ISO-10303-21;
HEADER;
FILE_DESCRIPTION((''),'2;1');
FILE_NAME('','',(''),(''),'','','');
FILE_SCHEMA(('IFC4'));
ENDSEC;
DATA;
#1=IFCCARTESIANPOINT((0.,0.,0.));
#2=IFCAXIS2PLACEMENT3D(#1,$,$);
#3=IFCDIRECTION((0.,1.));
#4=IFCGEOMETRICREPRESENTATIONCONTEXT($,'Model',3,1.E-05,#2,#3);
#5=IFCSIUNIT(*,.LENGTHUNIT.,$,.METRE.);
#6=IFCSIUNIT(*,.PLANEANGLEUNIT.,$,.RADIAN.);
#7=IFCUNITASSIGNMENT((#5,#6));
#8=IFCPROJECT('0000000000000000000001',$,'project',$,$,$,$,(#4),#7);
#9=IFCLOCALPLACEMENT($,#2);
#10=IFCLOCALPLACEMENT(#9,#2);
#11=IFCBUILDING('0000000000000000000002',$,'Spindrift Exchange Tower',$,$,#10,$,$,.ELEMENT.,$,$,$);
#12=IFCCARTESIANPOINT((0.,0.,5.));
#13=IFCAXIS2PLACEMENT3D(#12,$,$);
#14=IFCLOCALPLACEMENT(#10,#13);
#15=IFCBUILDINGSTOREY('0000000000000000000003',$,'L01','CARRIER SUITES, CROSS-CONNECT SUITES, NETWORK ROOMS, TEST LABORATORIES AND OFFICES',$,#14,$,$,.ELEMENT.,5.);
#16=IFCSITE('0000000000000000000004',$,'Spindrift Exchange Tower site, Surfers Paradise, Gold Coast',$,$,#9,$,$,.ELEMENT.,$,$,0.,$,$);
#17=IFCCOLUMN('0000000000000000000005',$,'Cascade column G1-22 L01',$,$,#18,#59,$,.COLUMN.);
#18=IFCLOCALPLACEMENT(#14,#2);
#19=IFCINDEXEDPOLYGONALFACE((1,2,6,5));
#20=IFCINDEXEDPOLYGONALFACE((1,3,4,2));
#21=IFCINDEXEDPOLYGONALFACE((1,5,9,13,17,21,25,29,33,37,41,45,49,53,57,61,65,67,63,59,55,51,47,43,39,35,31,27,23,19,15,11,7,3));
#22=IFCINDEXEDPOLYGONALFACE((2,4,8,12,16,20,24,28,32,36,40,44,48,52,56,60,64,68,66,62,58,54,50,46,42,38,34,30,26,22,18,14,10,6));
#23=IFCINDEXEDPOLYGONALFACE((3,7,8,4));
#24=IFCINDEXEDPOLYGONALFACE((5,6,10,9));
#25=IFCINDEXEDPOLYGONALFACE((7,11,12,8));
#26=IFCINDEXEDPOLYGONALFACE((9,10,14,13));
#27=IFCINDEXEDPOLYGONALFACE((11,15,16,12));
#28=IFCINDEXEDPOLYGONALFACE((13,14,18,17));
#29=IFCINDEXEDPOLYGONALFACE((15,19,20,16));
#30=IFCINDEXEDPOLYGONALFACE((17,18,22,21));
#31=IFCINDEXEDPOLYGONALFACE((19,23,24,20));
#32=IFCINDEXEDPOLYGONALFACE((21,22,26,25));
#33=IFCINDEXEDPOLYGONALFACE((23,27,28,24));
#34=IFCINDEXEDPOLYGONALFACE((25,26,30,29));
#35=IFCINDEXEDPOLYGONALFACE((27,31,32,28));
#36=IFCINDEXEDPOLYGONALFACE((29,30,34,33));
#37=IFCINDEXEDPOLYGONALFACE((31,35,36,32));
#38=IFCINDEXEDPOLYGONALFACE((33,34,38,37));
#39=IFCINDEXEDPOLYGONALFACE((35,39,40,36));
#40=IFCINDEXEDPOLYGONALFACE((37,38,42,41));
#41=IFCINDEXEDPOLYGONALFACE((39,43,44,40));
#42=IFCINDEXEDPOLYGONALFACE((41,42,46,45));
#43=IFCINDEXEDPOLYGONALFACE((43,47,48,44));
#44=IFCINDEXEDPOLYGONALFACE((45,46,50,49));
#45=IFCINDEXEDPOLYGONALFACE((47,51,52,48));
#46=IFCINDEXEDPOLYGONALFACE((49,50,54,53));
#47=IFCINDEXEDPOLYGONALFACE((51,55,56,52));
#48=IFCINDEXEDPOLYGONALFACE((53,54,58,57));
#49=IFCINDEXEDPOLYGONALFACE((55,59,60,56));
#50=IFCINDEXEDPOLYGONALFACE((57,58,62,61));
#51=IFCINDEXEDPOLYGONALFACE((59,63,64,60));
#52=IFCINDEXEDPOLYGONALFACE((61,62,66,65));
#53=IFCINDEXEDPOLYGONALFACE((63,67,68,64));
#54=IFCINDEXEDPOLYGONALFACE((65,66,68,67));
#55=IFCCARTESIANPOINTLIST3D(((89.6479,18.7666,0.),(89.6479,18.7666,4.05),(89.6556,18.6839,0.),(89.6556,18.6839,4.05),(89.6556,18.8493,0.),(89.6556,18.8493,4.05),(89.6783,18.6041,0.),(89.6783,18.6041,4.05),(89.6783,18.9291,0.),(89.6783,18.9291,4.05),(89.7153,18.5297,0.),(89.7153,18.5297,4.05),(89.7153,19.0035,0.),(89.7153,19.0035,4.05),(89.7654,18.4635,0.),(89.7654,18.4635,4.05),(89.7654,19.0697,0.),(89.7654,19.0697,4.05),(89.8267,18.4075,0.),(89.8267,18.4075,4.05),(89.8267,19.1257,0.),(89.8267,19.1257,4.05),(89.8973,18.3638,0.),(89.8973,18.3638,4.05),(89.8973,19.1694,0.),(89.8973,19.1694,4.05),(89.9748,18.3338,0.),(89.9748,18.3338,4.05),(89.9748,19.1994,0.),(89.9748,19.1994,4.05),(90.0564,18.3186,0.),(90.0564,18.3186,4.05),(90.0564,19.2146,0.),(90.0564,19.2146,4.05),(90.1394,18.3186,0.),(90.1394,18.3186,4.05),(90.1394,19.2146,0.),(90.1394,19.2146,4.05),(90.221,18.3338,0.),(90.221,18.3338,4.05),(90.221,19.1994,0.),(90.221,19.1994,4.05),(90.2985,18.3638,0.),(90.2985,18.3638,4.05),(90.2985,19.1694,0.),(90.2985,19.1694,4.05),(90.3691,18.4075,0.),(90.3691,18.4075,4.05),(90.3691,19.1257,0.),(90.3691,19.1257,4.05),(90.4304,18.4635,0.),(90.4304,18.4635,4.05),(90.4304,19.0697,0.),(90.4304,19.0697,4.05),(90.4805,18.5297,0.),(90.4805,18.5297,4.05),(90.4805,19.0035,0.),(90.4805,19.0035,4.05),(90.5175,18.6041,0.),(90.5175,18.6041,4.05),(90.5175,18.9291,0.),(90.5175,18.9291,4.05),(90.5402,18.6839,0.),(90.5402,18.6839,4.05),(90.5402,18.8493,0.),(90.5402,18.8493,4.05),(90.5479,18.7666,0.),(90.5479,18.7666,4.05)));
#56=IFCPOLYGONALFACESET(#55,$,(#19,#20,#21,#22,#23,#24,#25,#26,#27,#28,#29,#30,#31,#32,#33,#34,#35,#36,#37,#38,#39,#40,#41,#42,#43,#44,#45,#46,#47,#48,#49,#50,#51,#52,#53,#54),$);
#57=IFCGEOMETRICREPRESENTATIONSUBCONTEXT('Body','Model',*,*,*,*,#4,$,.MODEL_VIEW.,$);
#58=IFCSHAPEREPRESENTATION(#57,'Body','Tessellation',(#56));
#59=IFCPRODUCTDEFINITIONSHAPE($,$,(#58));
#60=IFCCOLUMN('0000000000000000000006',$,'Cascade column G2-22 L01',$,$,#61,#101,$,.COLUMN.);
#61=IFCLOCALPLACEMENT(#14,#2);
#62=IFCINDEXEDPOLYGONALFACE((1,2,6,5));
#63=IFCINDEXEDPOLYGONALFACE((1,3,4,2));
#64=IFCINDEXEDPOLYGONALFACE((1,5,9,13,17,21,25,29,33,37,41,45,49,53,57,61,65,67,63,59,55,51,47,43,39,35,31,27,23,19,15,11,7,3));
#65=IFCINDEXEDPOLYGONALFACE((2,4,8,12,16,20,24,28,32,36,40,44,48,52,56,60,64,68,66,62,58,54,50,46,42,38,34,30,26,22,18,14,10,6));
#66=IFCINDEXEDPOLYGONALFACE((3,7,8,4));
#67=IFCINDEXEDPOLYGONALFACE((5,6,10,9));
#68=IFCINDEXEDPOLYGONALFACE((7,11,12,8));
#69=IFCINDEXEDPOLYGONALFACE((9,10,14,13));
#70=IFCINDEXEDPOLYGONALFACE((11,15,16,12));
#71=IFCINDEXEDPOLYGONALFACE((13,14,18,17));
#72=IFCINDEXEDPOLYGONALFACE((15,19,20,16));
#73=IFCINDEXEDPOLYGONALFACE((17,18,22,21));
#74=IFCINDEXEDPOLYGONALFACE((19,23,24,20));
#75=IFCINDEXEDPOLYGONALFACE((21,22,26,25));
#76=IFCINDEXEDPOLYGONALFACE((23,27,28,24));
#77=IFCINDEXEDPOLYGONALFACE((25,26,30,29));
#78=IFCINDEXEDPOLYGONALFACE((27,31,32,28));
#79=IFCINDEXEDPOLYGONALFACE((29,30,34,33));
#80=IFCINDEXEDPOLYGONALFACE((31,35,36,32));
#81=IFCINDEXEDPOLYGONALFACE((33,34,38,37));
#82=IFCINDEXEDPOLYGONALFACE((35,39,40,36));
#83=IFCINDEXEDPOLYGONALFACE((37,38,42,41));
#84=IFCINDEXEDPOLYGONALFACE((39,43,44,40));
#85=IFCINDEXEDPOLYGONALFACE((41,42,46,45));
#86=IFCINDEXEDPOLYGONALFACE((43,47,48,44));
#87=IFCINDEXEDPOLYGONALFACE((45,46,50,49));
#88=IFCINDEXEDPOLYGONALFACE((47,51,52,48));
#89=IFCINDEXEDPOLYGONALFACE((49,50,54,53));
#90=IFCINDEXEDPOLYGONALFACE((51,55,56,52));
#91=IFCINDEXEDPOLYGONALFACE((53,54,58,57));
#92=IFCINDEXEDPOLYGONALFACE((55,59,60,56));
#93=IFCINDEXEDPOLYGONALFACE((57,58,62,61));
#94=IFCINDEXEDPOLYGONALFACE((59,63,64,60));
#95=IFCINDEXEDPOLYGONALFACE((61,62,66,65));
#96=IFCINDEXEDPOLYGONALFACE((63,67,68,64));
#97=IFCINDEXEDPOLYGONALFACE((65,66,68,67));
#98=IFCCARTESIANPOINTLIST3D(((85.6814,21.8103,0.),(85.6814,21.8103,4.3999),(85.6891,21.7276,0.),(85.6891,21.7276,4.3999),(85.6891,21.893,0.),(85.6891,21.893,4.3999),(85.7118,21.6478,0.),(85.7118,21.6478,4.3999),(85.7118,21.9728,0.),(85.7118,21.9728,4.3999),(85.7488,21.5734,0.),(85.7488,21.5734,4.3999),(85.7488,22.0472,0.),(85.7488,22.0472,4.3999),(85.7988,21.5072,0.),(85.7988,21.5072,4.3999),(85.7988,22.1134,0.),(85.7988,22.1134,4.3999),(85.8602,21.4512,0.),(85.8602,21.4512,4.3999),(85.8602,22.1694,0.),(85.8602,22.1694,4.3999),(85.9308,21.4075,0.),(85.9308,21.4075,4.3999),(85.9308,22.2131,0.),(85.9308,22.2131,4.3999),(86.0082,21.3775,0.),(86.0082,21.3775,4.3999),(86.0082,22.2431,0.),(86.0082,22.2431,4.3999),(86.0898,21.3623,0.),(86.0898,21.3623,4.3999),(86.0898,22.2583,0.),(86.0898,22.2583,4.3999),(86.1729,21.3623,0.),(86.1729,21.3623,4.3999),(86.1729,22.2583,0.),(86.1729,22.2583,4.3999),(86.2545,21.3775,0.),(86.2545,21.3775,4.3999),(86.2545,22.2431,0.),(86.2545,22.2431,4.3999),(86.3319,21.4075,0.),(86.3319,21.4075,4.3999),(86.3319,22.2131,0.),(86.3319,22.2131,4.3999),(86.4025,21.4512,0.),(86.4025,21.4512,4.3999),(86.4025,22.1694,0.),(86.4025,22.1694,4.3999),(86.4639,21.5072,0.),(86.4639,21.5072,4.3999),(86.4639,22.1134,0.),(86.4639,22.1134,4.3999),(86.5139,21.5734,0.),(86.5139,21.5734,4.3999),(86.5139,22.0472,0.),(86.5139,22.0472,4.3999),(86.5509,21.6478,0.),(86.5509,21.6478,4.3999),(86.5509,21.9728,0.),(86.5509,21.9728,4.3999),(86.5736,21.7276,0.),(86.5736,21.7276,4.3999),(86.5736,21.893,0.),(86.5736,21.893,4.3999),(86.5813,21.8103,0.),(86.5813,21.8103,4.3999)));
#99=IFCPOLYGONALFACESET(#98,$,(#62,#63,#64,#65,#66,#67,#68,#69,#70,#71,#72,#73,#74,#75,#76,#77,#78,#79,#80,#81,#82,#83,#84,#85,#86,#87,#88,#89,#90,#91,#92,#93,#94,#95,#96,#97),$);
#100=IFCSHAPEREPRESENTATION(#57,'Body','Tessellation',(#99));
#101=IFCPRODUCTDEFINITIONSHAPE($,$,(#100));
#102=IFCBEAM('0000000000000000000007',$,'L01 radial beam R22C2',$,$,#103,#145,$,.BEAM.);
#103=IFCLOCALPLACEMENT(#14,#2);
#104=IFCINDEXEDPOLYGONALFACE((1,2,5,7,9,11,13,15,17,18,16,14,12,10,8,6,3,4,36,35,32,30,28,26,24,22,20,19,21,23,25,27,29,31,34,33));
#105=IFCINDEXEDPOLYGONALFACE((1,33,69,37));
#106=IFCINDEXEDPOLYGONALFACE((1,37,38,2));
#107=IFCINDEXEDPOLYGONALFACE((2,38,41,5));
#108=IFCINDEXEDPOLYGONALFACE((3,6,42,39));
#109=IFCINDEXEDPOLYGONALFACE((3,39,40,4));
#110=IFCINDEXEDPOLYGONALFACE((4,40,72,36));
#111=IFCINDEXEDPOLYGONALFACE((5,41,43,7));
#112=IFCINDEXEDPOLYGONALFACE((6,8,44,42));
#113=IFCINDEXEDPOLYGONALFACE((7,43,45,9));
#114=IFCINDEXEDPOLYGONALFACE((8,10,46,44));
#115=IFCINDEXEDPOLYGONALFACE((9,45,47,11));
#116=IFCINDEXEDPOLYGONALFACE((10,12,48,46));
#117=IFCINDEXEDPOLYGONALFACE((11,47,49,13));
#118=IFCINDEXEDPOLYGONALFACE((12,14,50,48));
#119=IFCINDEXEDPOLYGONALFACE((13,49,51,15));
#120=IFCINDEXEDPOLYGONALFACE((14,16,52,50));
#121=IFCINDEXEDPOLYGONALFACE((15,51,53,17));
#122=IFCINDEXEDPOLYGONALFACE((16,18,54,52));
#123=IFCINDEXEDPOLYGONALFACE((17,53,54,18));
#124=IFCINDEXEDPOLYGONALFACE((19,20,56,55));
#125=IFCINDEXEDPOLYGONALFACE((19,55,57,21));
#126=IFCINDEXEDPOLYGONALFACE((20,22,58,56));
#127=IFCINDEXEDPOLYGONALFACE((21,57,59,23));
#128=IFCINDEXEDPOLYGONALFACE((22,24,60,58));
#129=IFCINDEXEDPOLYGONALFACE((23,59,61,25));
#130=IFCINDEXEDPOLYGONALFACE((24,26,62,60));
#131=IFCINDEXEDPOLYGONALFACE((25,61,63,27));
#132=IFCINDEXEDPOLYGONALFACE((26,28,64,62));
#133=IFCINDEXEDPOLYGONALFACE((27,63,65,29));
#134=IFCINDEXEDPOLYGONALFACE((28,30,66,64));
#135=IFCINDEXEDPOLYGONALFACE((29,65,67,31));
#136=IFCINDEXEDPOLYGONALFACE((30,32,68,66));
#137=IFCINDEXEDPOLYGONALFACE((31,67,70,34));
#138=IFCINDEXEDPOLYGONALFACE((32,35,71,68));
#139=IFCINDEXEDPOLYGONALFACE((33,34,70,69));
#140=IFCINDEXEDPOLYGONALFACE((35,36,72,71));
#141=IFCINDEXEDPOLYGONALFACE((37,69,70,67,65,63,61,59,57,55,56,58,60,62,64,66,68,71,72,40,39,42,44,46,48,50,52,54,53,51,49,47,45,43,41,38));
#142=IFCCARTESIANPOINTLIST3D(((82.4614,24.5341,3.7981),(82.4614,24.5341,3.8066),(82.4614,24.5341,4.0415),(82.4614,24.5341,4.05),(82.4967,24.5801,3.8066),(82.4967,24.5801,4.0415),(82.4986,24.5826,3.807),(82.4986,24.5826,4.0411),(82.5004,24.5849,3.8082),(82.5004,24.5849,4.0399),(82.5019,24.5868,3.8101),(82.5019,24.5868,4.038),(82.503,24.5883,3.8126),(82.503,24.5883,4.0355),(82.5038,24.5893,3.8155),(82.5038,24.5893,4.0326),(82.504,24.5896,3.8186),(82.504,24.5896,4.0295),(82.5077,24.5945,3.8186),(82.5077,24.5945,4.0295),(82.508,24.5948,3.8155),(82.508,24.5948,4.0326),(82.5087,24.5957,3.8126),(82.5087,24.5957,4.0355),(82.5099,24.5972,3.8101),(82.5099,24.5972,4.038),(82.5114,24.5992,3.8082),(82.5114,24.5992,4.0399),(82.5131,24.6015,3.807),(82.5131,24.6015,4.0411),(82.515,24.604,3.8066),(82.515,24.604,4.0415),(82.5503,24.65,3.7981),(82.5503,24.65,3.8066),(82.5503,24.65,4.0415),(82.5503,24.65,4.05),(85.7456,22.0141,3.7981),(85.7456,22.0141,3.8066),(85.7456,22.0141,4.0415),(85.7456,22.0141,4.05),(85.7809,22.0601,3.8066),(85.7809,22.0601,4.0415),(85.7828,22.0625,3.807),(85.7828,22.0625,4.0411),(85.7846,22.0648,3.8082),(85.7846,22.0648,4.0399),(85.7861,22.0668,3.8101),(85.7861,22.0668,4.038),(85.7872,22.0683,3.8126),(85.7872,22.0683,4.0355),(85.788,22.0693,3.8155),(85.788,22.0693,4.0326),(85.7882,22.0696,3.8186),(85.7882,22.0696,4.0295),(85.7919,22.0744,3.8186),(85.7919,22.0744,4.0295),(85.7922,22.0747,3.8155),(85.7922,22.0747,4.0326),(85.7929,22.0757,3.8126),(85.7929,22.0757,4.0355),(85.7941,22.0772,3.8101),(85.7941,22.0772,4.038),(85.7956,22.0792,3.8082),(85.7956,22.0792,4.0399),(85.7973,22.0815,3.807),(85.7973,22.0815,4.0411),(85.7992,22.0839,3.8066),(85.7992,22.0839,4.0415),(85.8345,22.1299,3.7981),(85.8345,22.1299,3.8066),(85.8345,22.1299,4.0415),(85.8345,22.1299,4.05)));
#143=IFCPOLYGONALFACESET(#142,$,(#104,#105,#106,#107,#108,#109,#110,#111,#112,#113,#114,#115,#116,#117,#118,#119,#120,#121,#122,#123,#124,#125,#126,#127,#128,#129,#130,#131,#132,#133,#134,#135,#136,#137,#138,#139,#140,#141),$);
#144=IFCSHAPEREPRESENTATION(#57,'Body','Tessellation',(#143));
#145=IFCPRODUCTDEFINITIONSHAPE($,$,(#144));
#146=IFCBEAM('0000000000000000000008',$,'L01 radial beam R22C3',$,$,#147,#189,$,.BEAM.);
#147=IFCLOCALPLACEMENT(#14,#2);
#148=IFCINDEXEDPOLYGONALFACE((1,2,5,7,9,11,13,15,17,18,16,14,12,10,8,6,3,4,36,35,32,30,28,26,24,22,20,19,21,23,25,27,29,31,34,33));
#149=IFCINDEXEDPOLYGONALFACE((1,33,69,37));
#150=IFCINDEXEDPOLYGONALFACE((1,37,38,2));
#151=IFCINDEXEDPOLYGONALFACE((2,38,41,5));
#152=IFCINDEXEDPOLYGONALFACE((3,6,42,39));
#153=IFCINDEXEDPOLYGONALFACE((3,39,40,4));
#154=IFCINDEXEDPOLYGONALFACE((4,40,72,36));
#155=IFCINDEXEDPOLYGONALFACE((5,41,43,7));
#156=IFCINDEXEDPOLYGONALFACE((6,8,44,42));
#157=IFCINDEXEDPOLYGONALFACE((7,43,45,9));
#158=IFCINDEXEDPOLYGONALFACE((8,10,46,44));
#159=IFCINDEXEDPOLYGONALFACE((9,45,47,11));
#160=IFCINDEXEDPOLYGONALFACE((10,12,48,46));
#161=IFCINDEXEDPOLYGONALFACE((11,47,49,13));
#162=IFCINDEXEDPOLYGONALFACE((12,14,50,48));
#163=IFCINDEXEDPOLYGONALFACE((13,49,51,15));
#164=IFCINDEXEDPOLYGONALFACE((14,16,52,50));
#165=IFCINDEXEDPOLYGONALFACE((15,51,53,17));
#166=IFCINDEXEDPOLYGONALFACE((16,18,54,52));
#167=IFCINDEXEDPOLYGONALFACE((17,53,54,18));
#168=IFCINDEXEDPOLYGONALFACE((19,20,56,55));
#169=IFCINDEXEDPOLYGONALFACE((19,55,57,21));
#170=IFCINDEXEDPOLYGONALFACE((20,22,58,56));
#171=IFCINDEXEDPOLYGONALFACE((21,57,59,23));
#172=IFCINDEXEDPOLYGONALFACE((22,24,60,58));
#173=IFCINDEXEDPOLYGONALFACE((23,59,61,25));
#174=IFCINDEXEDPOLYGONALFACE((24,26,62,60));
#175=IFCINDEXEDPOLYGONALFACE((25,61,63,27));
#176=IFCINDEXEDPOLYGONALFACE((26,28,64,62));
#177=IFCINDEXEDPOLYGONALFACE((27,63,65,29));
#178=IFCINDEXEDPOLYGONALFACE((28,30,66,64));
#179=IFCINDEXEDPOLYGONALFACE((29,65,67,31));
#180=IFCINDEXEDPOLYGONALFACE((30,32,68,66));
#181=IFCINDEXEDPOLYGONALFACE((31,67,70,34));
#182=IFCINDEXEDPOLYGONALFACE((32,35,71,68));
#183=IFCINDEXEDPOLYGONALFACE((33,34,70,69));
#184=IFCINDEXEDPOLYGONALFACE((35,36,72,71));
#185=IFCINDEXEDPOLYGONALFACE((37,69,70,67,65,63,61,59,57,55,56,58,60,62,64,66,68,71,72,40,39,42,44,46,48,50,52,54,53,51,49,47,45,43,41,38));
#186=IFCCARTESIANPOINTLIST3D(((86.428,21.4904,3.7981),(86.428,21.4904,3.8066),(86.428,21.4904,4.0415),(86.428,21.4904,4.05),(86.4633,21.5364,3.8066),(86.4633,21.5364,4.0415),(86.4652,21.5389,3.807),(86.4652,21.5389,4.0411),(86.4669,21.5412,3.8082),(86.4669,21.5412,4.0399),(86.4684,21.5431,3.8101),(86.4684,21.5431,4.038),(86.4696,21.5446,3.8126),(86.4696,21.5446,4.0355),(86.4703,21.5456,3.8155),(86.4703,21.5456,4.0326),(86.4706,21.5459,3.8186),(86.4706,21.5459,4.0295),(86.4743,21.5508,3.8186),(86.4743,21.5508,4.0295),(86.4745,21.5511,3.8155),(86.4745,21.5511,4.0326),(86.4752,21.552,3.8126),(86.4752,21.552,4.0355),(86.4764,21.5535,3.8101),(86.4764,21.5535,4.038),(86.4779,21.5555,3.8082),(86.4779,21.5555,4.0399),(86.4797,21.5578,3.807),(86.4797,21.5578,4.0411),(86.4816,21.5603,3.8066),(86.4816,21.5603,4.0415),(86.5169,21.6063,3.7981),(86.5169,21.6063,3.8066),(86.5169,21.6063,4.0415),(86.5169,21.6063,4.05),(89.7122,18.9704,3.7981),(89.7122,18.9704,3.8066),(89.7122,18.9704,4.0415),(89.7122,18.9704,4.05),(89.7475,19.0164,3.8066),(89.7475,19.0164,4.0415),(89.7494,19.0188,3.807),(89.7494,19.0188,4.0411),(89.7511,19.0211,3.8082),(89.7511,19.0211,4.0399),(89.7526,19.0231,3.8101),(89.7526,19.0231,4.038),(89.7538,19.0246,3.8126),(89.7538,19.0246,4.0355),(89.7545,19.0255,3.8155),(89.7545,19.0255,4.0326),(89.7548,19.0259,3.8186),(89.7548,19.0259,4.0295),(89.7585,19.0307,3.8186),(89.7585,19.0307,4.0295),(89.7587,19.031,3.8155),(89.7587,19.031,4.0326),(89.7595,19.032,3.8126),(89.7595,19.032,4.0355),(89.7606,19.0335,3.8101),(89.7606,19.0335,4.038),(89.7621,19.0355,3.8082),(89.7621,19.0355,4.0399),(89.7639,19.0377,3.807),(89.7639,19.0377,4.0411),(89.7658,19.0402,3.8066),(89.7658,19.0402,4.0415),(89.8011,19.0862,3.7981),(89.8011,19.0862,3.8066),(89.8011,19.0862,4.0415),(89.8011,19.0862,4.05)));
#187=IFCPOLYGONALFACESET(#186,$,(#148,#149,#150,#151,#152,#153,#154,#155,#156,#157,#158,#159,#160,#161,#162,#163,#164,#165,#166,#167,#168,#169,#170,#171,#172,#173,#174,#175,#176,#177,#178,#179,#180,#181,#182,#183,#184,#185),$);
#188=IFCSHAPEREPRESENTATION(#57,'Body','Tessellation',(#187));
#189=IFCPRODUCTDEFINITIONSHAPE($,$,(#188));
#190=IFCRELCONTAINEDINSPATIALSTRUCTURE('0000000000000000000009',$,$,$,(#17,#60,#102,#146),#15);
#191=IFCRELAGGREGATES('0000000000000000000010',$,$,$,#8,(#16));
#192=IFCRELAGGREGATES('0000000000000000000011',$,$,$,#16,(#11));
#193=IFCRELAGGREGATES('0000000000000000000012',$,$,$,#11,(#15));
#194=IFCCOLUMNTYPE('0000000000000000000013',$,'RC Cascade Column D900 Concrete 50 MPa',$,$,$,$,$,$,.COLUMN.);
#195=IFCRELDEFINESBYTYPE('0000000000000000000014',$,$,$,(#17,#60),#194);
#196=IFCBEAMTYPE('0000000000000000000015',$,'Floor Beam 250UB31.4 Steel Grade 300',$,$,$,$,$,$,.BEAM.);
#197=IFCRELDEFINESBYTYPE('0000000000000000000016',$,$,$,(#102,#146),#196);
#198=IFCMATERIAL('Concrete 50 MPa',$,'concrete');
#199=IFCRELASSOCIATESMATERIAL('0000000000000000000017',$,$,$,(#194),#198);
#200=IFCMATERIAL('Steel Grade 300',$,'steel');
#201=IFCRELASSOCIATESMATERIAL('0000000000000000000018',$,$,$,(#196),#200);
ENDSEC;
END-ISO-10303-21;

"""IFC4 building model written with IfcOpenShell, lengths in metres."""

from ifc_helpers import new_model, si_unit, direction, frame, origin, origin_2d, place, context, subcontext, project, spatial, circle, i_section, extrude, source, transform, mapped, material, material_profile, profile_set, type_object, element, save


model = new_model("IFC4")

# Units and contexts
model_context = context("Model", 3, precision=1e-05, world=origin(), true_north=direction((0.0, 1.0)))
body_context = subcontext(model_context, "Body", "Model", "MODEL_VIEW")
ifc_project = project(units=[si_unit("LENGTHUNIT", "METRE"), si_unit("PLANEANGLEUNIT", "RADIAN")], contexts=[model_context])

# Site, building, storey
site_placement = place(None, origin())
site = spatial("IfcSite", under=ifc_project, at=site_placement, Name="Spindrift Exchange Tower site, Surfers Paradise, Gold Coast", CompositionType="ELEMENT", RefElevation=0.0)
building_placement = place(site_placement, origin())
building = spatial("IfcBuilding", under=site, at=building_placement, Name="Spindrift Exchange Tower", CompositionType="ELEMENT")
storey_placement = place(building_placement, frame((0.0, 0.0, 5.0)))
storey = spatial("IfcBuildingStorey", under=building, at=storey_placement, Name="L01", Description="CARRIER SUITES, CROSS-CONNECT SUITES, NETWORK ROOMS, TEST LABORATORIES AND OFFICES", CompositionType="ELEMENT", Elevation=5.0)

# Columns
ifc_material_1 = material(Name="Concrete 50 MPa", Category="concrete")
ifc_material_profile_1 = material_profile(ifc_material_1, circle(Radius=0.45, at=origin_2d()), Name="RC D900")
ifc_profile_set_1 = profile_set([ifc_material_profile_1], Name="Concrete 50 MPa")
column_type = type_object("IfcColumnType", Name="RC Cascade Column D900 Concrete 50 MPa", PredefinedType="COLUMN", material=ifc_profile_set_1)
shared_shape_1 = source(origin(), body_context, "Body", "SweptSolid", [
    extrude(circle(Radius=0.45, at=origin_2d()), origin(), (0.0, 0.0, 1.0), 4.05),
])
column_1_placement = place(storey_placement, frame((90.0979, 18.7666, 0.0), z_axis=(0.0, 0.0, 1.0), x_axis=(1.0, 0.0, 0.0)))
element("IfcColumn", 1, at=column_1_placement, inside=storey, type_object=column_type, Name="Cascade column G1-22 L01", PredefinedType="COLUMN", context=body_context, shape_type="MappedRepresentation", body=[
    mapped(shared_shape_1, transform((0.0, 0.0, 0.0), scale=1.0)),
])
shared_shape_2 = source(origin(), body_context, "Body", "SweptSolid", [
    extrude(circle(Radius=0.45, at=origin_2d()), origin(), (0.0, 0.0, 1.0), 4.3999),
])
column_2_placement = place(storey_placement, frame((86.1313, 21.8103, 0.0), z_axis=(0.0, 0.0, 1.0), x_axis=(1.0, 0.0, 0.0)))
element("IfcColumn", 2, at=column_2_placement, inside=storey, type_object=column_type, Name="Cascade column G2-22 L01", PredefinedType="COLUMN", context=body_context, shape_type="MappedRepresentation", body=[
    mapped(shared_shape_2, transform((0.0, 0.0, 0.0), scale=1.0)),
])

# Beams
ifc_material_2 = material(Name="Steel Grade 300", Category="steel")
ifc_material_profile_2 = material_profile(ifc_material_2, i_section(OverallWidth=0.146, OverallDepth=0.252, WebThickness=0.0061, FlangeThickness=0.0085, FilletRadius=0.012, at=origin_2d()), Name="250UB31.4")
ifc_profile_set_2 = profile_set([ifc_material_profile_2], Name="Steel Grade 300")
beam_type_1 = type_object("IfcBeamType", Name="Floor Beam 250UB31.4 Steel Grade 300", PredefinedType="BEAM", material=ifc_profile_set_2)
shared_shape_3 = source(origin(), body_context, "Body", "SweptSolid", [
    extrude(i_section(OverallWidth=0.146, OverallDepth=0.252, WebThickness=0.0061, FlangeThickness=0.0085, FilletRadius=0.012, at=origin_2d()), origin(), (0.0, 0.0, 1.0), 4.1396),
])
for number, where, z_axis, x_axis, name in (
    (3, (82.5059, 24.592, 3.9241), (0.793356, -0.608758, 0.0), (0.608758, 0.793356, 0.0), "L01 radial beam R22C2"),
    (4, (86.4724, 21.5483, 3.9241), (0.793356, -0.608758, 0.0), (0.608758, 0.793356, 0.0), "L01 radial beam R22C3"),
):
    element("IfcBeam", number, at=place(storey_placement, frame(where, z_axis=z_axis, x_axis=x_axis)), inside=storey, type_object=beam_type_1, Name=name, PredefinedType="BEAM", context=body_context, shape_type="MappedRepresentation", body=[
        mapped(shared_shape_3, transform((0.0, 0.0, 0.0), scale=1.0)),
    ])

save(model, "model.ifc")
